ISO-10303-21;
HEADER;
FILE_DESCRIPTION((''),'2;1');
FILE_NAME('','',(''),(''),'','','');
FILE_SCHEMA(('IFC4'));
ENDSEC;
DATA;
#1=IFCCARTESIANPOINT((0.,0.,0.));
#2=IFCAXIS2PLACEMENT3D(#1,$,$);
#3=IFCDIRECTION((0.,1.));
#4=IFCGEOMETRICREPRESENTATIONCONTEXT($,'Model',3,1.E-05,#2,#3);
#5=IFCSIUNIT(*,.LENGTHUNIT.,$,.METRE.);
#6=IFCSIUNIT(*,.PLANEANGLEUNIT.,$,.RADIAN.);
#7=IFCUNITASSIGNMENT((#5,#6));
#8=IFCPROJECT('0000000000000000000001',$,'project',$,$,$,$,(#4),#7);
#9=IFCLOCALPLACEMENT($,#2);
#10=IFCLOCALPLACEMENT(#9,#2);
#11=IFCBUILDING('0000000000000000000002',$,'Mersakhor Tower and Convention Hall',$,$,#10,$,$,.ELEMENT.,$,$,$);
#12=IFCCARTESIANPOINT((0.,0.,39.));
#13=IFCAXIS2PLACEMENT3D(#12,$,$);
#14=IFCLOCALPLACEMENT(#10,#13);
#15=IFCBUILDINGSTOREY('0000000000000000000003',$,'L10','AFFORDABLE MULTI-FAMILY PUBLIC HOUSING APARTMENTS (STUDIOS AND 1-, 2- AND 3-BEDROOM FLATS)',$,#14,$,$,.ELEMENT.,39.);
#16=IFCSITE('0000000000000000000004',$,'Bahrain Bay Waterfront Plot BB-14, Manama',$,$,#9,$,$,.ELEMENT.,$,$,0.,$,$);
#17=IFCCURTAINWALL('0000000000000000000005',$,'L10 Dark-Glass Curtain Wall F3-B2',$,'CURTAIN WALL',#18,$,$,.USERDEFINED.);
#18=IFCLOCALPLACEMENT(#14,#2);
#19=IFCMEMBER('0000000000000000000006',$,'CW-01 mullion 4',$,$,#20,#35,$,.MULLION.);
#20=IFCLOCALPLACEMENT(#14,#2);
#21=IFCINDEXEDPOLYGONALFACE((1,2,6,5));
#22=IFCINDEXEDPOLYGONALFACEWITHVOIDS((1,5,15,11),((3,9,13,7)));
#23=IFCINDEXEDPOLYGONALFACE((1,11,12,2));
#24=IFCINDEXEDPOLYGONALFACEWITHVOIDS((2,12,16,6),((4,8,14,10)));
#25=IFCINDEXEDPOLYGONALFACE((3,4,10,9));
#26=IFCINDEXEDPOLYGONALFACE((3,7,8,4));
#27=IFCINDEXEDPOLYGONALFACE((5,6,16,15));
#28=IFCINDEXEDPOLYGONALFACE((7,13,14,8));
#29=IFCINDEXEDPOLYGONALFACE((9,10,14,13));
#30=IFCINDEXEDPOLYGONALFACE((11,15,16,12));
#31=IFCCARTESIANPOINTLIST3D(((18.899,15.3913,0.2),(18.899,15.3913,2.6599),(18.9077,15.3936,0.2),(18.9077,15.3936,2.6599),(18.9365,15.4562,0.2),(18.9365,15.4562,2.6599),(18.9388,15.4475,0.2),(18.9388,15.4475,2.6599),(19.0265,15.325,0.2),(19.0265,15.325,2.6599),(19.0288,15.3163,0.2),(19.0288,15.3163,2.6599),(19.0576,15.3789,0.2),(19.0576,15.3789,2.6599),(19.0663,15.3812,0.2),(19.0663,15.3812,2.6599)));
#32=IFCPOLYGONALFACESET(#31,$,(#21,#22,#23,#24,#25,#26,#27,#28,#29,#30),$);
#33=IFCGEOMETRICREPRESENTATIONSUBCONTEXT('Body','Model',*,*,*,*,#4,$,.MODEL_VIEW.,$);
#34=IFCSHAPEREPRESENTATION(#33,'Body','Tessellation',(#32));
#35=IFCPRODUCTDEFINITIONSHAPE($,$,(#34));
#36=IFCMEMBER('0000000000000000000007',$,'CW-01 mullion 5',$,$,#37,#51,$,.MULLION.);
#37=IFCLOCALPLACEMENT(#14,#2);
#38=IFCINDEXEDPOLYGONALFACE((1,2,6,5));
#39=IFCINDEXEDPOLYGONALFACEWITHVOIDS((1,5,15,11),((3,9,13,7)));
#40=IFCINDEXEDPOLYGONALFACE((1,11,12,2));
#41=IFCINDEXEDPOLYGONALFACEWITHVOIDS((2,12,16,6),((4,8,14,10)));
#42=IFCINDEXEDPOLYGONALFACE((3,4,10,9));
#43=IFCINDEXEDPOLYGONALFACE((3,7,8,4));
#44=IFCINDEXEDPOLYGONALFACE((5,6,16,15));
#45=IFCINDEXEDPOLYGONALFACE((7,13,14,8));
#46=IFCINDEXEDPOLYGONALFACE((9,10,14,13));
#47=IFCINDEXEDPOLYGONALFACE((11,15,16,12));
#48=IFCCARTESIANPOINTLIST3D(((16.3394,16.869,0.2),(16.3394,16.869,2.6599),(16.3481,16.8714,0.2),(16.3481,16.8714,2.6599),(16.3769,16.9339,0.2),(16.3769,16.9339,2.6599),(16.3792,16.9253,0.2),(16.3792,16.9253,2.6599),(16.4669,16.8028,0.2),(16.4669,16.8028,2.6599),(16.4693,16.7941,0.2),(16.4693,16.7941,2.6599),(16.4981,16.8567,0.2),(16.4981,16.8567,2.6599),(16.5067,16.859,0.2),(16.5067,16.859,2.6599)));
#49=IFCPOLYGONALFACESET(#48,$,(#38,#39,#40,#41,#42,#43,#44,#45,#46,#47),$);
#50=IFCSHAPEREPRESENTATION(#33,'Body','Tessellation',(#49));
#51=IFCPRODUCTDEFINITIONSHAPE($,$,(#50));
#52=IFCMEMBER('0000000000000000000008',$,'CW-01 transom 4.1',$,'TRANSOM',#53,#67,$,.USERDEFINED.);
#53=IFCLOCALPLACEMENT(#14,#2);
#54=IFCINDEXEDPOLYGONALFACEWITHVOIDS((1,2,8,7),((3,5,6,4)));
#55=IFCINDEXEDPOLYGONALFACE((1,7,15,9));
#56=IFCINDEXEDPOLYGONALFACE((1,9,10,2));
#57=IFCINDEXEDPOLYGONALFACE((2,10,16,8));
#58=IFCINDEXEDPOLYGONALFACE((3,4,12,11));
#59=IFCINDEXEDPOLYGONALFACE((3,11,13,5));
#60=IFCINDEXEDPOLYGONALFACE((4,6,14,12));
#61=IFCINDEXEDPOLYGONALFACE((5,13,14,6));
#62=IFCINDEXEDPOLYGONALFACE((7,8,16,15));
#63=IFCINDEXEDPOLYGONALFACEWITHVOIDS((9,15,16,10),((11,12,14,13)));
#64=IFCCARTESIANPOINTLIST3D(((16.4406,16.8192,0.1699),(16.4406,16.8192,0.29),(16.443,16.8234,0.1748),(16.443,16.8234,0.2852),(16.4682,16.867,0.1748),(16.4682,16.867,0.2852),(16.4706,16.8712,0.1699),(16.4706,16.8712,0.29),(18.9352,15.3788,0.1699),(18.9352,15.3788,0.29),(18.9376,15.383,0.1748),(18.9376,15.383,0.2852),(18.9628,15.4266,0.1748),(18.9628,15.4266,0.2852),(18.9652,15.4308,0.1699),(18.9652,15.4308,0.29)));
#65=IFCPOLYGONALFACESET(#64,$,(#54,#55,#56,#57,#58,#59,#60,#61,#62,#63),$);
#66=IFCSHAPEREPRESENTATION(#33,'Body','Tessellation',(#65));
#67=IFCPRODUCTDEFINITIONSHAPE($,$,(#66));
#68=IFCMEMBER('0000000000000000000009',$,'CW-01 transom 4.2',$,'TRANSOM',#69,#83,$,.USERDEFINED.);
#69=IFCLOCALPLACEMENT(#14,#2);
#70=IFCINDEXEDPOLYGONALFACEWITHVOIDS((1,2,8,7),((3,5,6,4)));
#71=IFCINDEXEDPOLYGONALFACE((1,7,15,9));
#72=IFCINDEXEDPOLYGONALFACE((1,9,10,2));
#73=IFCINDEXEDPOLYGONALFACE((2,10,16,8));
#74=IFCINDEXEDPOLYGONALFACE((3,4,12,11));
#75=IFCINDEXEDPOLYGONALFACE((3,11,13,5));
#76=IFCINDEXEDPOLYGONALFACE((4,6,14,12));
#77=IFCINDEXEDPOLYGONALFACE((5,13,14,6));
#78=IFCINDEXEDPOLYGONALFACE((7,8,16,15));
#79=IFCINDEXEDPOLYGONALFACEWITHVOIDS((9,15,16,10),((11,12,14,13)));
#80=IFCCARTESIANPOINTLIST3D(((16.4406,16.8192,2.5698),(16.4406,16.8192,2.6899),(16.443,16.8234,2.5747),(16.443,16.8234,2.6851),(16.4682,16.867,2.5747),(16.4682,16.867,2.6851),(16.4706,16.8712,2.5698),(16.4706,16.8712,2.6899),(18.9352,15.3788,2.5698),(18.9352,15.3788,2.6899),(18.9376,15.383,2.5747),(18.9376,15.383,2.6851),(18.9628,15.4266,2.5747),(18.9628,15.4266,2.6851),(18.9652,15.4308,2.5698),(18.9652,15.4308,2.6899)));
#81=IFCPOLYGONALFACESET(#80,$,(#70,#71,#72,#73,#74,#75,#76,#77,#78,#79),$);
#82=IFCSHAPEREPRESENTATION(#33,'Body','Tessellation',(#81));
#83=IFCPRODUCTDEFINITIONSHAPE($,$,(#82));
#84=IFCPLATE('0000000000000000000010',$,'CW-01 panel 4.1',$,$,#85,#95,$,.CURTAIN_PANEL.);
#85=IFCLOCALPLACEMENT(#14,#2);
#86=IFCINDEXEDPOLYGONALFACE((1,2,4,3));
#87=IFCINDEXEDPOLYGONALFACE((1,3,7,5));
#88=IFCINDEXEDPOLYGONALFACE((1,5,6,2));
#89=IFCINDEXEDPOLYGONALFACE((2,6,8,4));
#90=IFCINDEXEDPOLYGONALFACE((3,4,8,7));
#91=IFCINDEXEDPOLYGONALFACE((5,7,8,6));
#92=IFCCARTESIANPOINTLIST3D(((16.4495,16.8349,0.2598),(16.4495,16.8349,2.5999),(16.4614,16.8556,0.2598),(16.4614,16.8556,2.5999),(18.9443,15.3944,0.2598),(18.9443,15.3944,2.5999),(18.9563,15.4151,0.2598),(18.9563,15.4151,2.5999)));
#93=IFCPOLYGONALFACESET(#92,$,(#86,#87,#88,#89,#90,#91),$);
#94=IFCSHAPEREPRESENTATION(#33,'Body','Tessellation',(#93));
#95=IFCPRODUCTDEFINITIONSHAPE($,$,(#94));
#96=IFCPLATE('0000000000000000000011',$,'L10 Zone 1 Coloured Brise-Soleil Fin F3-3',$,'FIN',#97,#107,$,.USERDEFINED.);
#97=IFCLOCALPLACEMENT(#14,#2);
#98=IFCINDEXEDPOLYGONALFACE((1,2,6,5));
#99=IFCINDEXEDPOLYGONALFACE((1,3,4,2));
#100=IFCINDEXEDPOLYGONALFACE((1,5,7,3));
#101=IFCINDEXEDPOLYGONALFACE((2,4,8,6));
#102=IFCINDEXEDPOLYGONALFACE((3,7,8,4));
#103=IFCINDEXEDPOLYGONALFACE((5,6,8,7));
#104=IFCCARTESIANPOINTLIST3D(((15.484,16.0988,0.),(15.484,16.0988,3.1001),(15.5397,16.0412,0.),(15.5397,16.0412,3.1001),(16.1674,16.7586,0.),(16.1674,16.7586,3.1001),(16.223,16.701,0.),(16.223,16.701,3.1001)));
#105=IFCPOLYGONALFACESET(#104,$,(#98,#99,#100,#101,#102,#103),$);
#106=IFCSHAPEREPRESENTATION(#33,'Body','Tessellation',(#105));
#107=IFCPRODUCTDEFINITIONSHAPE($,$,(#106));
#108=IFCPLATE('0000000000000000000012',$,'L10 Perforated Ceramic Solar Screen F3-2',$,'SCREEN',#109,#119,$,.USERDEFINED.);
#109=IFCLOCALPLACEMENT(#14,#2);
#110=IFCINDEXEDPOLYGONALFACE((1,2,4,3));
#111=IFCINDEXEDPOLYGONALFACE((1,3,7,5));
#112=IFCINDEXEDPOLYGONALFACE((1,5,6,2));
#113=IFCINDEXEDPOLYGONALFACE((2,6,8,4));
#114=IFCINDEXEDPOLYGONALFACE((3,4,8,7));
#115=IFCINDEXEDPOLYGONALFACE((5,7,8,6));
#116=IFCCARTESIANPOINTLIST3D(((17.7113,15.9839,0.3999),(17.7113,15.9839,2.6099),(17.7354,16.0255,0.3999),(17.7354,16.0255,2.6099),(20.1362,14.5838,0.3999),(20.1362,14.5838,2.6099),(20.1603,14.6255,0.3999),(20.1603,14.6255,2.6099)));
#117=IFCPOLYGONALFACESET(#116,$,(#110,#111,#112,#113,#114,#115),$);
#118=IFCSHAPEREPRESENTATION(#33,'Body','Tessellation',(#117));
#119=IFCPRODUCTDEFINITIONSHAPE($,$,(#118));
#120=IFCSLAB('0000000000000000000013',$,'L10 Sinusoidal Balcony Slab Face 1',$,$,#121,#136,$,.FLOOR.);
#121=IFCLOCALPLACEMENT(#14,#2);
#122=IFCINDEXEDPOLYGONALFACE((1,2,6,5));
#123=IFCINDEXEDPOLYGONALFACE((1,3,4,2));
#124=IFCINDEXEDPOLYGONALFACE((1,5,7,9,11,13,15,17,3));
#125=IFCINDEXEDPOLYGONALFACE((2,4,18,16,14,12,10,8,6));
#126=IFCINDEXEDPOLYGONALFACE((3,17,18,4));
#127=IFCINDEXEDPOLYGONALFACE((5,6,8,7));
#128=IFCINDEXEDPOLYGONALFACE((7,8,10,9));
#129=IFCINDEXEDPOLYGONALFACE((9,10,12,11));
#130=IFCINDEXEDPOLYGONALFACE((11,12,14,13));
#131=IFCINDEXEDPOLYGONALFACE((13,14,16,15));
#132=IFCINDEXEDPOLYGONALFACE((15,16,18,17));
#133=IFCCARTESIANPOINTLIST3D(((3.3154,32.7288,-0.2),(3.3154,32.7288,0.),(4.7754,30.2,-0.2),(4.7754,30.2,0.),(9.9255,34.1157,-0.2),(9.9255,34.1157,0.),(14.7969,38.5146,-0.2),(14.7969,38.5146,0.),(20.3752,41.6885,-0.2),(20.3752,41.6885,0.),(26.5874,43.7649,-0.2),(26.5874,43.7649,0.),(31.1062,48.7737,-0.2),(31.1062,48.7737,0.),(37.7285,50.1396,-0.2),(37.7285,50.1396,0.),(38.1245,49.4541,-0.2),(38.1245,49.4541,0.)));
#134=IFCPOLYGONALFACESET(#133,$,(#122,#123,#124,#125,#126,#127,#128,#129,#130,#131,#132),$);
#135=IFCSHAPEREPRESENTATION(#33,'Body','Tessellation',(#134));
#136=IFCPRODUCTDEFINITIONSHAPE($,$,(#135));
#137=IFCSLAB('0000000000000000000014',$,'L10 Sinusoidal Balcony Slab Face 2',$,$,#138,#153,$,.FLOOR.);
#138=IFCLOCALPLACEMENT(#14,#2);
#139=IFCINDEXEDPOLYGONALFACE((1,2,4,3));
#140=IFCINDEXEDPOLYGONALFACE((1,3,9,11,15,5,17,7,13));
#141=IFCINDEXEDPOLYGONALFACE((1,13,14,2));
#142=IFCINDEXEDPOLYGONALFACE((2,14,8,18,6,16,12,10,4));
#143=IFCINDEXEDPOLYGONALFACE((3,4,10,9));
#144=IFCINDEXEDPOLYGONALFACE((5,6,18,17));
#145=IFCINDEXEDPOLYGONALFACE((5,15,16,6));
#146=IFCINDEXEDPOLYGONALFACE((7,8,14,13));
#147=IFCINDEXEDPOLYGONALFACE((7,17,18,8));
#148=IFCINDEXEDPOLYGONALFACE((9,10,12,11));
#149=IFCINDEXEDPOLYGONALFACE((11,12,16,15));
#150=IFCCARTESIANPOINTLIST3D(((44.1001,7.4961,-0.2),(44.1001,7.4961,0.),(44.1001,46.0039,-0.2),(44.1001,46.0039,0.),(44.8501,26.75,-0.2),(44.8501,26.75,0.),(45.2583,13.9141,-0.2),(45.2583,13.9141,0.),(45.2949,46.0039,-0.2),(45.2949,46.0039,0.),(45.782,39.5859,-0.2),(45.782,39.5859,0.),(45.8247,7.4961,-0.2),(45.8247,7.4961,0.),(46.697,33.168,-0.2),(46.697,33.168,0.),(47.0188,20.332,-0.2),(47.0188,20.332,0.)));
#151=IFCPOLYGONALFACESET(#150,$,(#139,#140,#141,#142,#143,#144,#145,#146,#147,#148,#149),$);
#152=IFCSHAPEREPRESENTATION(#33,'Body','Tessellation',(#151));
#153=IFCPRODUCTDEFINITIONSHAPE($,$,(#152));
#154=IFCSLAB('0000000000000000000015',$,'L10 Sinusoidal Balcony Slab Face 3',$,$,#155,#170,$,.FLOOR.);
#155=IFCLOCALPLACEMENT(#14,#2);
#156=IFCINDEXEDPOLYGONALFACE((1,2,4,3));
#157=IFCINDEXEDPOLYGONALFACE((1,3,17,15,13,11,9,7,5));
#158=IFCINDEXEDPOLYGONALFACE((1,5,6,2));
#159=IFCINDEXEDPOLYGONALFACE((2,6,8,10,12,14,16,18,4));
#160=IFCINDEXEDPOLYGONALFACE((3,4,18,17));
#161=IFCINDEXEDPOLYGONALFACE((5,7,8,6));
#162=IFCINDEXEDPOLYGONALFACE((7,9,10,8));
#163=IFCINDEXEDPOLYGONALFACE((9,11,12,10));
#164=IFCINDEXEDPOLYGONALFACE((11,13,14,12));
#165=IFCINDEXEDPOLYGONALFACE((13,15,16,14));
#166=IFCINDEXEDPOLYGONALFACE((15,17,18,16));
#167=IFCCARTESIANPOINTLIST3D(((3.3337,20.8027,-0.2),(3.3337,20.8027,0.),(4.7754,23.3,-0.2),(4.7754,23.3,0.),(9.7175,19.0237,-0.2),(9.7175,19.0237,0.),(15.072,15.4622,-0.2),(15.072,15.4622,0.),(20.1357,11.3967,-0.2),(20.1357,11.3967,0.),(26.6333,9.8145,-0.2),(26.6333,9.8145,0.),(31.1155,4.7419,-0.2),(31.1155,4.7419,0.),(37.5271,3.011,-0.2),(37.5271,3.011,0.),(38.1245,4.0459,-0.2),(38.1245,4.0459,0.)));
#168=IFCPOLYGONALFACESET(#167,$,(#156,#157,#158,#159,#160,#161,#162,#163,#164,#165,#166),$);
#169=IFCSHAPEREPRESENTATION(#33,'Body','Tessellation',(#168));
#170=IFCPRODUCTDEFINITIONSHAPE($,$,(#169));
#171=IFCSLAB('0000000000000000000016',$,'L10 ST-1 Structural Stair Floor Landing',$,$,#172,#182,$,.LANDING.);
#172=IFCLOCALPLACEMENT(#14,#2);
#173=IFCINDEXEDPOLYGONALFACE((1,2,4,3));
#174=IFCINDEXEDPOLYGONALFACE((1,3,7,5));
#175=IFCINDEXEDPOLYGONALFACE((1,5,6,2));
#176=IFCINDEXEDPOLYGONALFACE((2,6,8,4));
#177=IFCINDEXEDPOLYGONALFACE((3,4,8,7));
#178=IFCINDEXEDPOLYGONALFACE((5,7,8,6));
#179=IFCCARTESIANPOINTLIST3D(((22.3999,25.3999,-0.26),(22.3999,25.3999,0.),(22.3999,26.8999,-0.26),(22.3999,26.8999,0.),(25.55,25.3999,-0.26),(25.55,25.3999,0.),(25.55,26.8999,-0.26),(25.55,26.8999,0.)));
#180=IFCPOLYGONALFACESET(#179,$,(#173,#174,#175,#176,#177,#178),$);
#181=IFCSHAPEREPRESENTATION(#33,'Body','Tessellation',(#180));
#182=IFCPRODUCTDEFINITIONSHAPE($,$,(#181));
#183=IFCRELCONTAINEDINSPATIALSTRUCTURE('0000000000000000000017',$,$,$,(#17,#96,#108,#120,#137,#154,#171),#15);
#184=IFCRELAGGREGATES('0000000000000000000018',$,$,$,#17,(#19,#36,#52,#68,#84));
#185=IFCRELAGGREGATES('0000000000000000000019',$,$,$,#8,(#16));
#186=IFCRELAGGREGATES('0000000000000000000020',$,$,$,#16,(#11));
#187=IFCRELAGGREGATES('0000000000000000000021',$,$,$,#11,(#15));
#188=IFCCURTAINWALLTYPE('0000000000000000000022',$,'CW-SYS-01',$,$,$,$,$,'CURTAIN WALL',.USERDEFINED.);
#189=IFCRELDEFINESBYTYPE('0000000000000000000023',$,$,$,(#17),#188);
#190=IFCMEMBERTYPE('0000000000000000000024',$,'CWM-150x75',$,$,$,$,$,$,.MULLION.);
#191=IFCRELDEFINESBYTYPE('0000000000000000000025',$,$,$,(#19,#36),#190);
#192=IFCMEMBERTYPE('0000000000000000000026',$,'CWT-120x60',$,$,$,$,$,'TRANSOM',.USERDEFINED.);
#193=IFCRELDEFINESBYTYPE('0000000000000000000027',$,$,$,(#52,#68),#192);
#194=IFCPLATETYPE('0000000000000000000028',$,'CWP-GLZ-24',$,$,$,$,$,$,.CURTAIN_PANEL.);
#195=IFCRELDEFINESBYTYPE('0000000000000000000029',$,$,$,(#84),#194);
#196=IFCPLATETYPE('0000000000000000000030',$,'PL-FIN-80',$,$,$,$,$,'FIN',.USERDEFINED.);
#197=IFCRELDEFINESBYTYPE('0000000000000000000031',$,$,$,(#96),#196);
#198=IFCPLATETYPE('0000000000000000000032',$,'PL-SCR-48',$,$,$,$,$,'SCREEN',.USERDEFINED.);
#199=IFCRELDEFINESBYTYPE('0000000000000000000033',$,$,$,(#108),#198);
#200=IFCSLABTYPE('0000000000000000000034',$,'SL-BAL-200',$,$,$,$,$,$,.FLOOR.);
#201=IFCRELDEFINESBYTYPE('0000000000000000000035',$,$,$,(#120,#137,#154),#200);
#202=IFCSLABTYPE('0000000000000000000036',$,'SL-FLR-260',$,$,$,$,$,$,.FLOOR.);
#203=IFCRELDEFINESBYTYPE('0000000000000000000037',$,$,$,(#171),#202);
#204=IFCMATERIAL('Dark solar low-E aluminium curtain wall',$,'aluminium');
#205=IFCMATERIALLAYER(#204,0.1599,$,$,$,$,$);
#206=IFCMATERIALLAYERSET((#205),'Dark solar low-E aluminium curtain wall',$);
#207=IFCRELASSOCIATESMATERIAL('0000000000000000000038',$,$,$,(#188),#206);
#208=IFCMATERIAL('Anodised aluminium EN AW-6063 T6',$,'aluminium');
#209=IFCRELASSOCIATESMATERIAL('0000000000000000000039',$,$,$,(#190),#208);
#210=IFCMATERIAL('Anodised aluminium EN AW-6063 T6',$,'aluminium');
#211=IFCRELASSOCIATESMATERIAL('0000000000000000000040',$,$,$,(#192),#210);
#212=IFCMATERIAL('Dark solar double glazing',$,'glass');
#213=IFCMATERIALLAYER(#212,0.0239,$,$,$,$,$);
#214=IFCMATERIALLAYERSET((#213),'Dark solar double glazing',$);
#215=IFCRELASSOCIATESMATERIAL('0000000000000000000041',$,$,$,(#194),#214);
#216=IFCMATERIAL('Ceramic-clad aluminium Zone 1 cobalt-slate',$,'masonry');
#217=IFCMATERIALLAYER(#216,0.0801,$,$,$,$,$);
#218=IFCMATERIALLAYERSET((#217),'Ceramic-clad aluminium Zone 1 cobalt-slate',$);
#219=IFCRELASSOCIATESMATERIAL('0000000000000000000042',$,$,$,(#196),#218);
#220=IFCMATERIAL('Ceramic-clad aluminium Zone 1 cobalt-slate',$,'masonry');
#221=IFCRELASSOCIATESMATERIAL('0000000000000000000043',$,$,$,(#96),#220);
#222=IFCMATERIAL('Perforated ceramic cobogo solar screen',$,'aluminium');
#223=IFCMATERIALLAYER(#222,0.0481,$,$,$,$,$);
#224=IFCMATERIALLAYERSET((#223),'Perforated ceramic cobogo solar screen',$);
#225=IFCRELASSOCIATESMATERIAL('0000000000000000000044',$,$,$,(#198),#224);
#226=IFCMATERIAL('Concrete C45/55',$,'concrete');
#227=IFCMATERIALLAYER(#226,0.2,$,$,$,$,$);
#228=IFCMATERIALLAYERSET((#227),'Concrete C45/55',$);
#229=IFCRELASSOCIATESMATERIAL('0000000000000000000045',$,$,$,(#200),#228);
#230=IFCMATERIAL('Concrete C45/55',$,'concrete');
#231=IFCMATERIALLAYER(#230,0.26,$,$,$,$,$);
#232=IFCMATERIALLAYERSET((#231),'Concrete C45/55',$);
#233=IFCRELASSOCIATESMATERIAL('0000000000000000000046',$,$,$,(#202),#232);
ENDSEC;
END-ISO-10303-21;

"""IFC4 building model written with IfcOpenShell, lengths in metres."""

from ifc_helpers import new_model, si_unit, direction, frame, origin, origin_2d, place, context, subcontext, project, spatial, polyline, rectangle, hollow_rectangle, outline, extrude, material, layer, layer_set, material_profile, profile_set, type_object, element, aggregate, save


model = new_model("IFC4")

# Units and contexts
model_context = context("Model", 3, precision=1e-05, world=origin(), true_north=direction((0.0, 1.0)))
body_context = subcontext(model_context, "Body", "Model", "MODEL_VIEW")
ifc_project = project(units=[si_unit("LENGTHUNIT", "METRE"), si_unit("PLANEANGLEUNIT", "RADIAN")], contexts=[model_context])

# Site, building, storey
site_placement = place(None, origin())
site = spatial("IfcSite", under=ifc_project, at=site_placement, Name="Bahrain Bay Waterfront Plot BB-14, Manama", CompositionType="ELEMENT", RefElevation=0.0)
building_placement = place(site_placement, origin())
building = spatial("IfcBuilding", under=site, at=building_placement, Name="Mersakhor Tower and Convention Hall", CompositionType="ELEMENT")
storey_placement = place(building_placement, frame((0.0, 0.0, 39.0)))
storey = spatial("IfcBuildingStorey", under=building, at=storey_placement, Name="L10", Description="AFFORDABLE MULTI-FAMILY PUBLIC HOUSING APARTMENTS (STUDIOS AND 1-, 2- AND 3-BEDROOM FLATS)", CompositionType="ELEMENT", Elevation=39.0)

# Curtain wall, members, plate
ifc_material_1 = material(Name="Dark solar low-E aluminium curtain wall", Category="aluminium")
ifc_layer_1 = layer(ifc_material_1, 0.1599)
ifc_layer_set_1 = layer_set([ifc_layer_1], Name="Dark solar low-E aluminium curtain wall")
curtain_wall_type = type_object("IfcCurtainWallType", Name="CW-SYS-01", ElementType="CURTAIN WALL", PredefinedType="USERDEFINED", material=ifc_layer_set_1)
curtain_wall_placement = place(storey_placement, origin())
curtain_wall = element("IfcCurtainWall", 1, at=curtain_wall_placement, inside=storey, type_object=curtain_wall_type, Name="L10 Dark-Glass Curtain Wall F3-B2", ObjectType="CURTAIN WALL", PredefinedType="USERDEFINED")
ifc_material_2 = material(Name="Anodised aluminium EN AW-6063 T6", Category="aluminium")
ifc_material_profile_1 = material_profile(ifc_material_2, hollow_rectangle(XDim=0.075, YDim=0.1499, WallThickness=0.0063, at=origin_2d()), Name="RHS 150x75x6.3")
ifc_profile_set_1 = profile_set([ifc_material_profile_1], Name="Anodised aluminium EN AW-6063 T6")
member_type_1 = type_object("IfcMemberType", Name="CWM-150x75", PredefinedType="MULLION", material=ifc_profile_set_1)
member_1_placement = place(storey_placement, frame((18.9827, 15.3862, 0.2), z_axis=(0.0, 0.0, 1.0), x_axis=(-0.500003, -0.866023, 0.0)))
member_1 = element("IfcMember", 2, at=member_1_placement, type_object=member_type_1, Name="CW-01 mullion 4", PredefinedType="MULLION", context=body_context, shape_type="SweptSolid", body=[
    extrude(hollow_rectangle(XDim=0.075, YDim=0.1499, WallThickness=0.0063, at=origin_2d()), origin(), (0.0, 0.0, 1.0), 2.46),
])
member_2_placement = place(storey_placement, frame((16.4231, 16.864, 0.2), z_axis=(0.0, 0.0, 1.0), x_axis=(-0.500003, -0.866023, 0.0)))
member_2 = element("IfcMember", 3, at=member_2_placement, type_object=member_type_1, Name="CW-01 mullion 5", PredefinedType="MULLION", context=body_context, shape_type="SweptSolid", body=[
    extrude(hollow_rectangle(XDim=0.075, YDim=0.1499, WallThickness=0.0063, at=origin_2d()), origin(), (0.0, 0.0, 1.0), 2.46),
])
ifc_material_3 = material(Name="Anodised aluminium EN AW-6063 T6", Category="aluminium")
ifc_material_profile_2 = material_profile(ifc_material_3, hollow_rectangle(XDim=0.0601, YDim=0.1201, WallThickness=0.0049, at=origin_2d()), Name="RHS 120x60x5")
ifc_profile_set_2 = profile_set([ifc_material_profile_2], Name="Anodised aluminium EN AW-6063 T6")
member_type_2 = type_object("IfcMemberType", Name="CWT-120x60", ElementType="TRANSOM", PredefinedType="USERDEFINED", material=ifc_profile_set_2)
member_3_placement = place(storey_placement, frame((18.9502, 15.4048, 0.23), z_axis=(-0.866002, 0.50004, 0.0), x_axis=(-0.50004, -0.866002, 0.0)))
member_3 = element("IfcMember", 4, at=member_3_placement, type_object=member_type_2, Name="CW-01 transom 4.1", ObjectType="TRANSOM", PredefinedType="USERDEFINED", context=body_context, shape_type="SweptSolid", body=[
    extrude(hollow_rectangle(XDim=0.0601, YDim=0.1201, WallThickness=0.0049, at=origin_2d()), origin(), (0.0, 0.0, 1.0), 2.8806),
])
member_4_placement = place(storey_placement, frame((18.9502, 15.4048, 2.6299), z_axis=(-0.866002, 0.50004, 0.0), x_axis=(-0.50004, -0.866002, 0.0)))
member_4 = element("IfcMember", 5, at=member_4_placement, type_object=member_type_2, Name="CW-01 transom 4.2", ObjectType="TRANSOM", PredefinedType="USERDEFINED", context=body_context, shape_type="SweptSolid", body=[
    extrude(hollow_rectangle(XDim=0.0601, YDim=0.1201, WallThickness=0.0049, at=origin_2d()), origin(), (0.0, 0.0, 1.0), 2.8806),
])
ifc_material_4 = material(Name="Dark solar double glazing", Category="glass")
ifc_layer_2 = layer(ifc_material_4, 0.0239)
ifc_layer_set_2 = layer_set([ifc_layer_2], Name="Dark solar double glazing")
plate_type_1 = type_object("IfcPlateType", Name="CWP-GLZ-24", PredefinedType="CURTAIN_PANEL", material=ifc_layer_set_2)
plate_1_placement = place(storey_placement, frame((17.7029, 16.125, 0.2598), z_axis=(0.0, 0.0, 1.0), x_axis=(-0.866023, 0.500003, 0.0)))
plate_1 = element("IfcPlate", 6, at=plate_1_placement, type_object=plate_type_1, Name="CW-01 panel 4.1", PredefinedType="CURTAIN_PANEL", context=body_context, shape_type="SweptSolid", body=[
    extrude(rectangle(XDim=2.8809, YDim=0.0239, at=origin_2d()), origin(), (0.0, 0.0, 1.0), 2.3401),
])
aggregate(curtain_wall, [member_1, member_2, member_3, member_4, plate_1])

# Plates
ifc_material_5 = material(Name="Ceramic-clad aluminium Zone 1 cobalt-slate", Category="masonry")
ifc_material_6 = material(Name="Ceramic-clad aluminium Zone 1 cobalt-slate", Category="masonry")
ifc_layer_3 = layer(ifc_material_6, 0.0801)
ifc_layer_set_3 = layer_set([ifc_layer_3], Name="Ceramic-clad aluminium Zone 1 cobalt-slate")
plate_type_2 = type_object("IfcPlateType", Name="PL-FIN-80", ElementType="FIN", PredefinedType="USERDEFINED", material=ifc_layer_set_3)
plate_2_placement = place(storey_placement, frame((15.8535, 16.3999, 0.0), z_axis=(0.0, 0.0, 1.0), x_axis=(-0.71934, -0.694658, 0.0)))
element("IfcPlate", 7, at=plate_2_placement, inside=storey, type_object=plate_type_2, material=ifc_material_5, Name="L10 Zone 1 Coloured Brise-Soleil Fin F3-3", ObjectType="FIN", PredefinedType="USERDEFINED", context=body_context, shape_type="SweptSolid", body=[
    extrude(rectangle(XDim=0.95, YDim=0.0801, at=origin_2d()), origin(), (0.0, 0.0, 1.0), 3.1001),
])
ifc_material_7 = material(Name="Perforated ceramic cobogo solar screen", Category="aluminium")
ifc_layer_4 = layer(ifc_material_7, 0.0481)
ifc_layer_set_4 = layer_set([ifc_layer_4], Name="Perforated ceramic cobogo solar screen")
plate_type_3 = type_object("IfcPlateType", Name="PL-SCR-48", ElementType="SCREEN", PredefinedType="USERDEFINED", material=ifc_layer_set_4)
plate_3_placement = place(storey_placement, frame((18.9358, 15.3047, 0.3999), z_axis=(0.0, 0.0, 1.0), x_axis=(-0.866025, 0.5, 0.0)))
element("IfcPlate", 8, at=plate_3_placement, inside=storey, type_object=plate_type_3, Name="L10 Perforated Ceramic Solar Screen F3-2", ObjectType="SCREEN", PredefinedType="USERDEFINED", context=body_context, shape_type="SweptSolid", body=[
    extrude(rectangle(XDim=2.8, YDim=0.0481, at=origin_2d()), origin(), (0.0, 0.0, 1.0), 2.21),
])

# Slabs
ifc_material_8 = material(Name="Concrete C45/55", Category="concrete")
ifc_layer_5 = layer(ifc_material_8, 0.2)
ifc_layer_set_5 = layer_set([ifc_layer_5], Name="Concrete C45/55")
slab_type_1 = type_object("IfcSlabType", Name="SL-BAL-200", PredefinedType="FLOOR", material=ifc_layer_set_5)
slab_1_placement = place(storey_placement, frame((0.0, 0.0, -0.2)))
element("IfcSlab", 9, at=slab_1_placement, inside=storey, type_object=slab_type_1, Name="L10 Sinusoidal Balcony Slab Face 1", PredefinedType="FLOOR", context=body_context, shape_type="SweptSolid", body=[
    extrude(outline(polyline([(4.7754, 30.2), (38.1245, 49.4541), (37.7285, 50.1396), (31.1062, 48.7737), (26.5874, 43.7649), (20.3752, 41.6885), (14.7969, 38.5146), (9.9255, 34.1157), (3.3154, 32.7288), (4.7754, 30.2)])), origin(), (0.0, 0.0, 1.0), 0.2),
])
slab_2_placement = place(storey_placement, frame((0.0, 0.0, -0.2)))
element("IfcSlab", 10, at=slab_2_placement, inside=storey, type_object=slab_type_1, Name="L10 Sinusoidal Balcony Slab Face 2", PredefinedType="FLOOR", context=body_context, shape_type="SweptSolid", body=[
    extrude(outline(polyline([(44.1001, 46.0039), (44.1001, 7.4961), (45.8247, 7.4961), (45.2583, 13.9141), (47.0188, 20.332), (44.8501, 26.75), (46.697, 33.168), (45.782, 39.5859), (45.2949, 46.0039), (44.1001, 46.0039)])), origin(), (0.0, 0.0, 1.0), 0.2),
])
slab_3_placement = place(storey_placement, frame((0.0, 0.0, -0.2)))
element("IfcSlab", 11, at=slab_3_placement, inside=storey, type_object=slab_type_1, Name="L10 Sinusoidal Balcony Slab Face 3", PredefinedType="FLOOR", context=body_context, shape_type="SweptSolid", body=[
    extrude(outline(polyline([(38.1245, 4.0459), (4.7754, 23.3), (3.3337, 20.8027), (9.7175, 19.0237), (15.072, 15.4622), (20.1357, 11.3967), (26.6333, 9.8145), (31.1155, 4.7419), (37.5271, 3.011), (38.1245, 4.0459)])), origin(), (0.0, 0.0, 1.0), 0.2),
])
ifc_material_9 = material(Name="Concrete C45/55", Category="concrete")
ifc_layer_6 = layer(ifc_material_9, 0.26)
ifc_layer_set_6 = layer_set([ifc_layer_6], Name="Concrete C45/55")
slab_type_2 = type_object("IfcSlabType", Name="SL-FLR-260", PredefinedType="FLOOR", material=ifc_layer_set_6)
slab_4_placement = place(storey_placement, frame((0.0, 0.0, -0.26)))
element("IfcSlab", 12, at=slab_4_placement, inside=storey, type_object=slab_type_2, Name="L10 ST-1 Structural Stair Floor Landing", PredefinedType="LANDING", context=body_context, shape_type="SweptSolid", body=[
    extrude(outline(polyline([(25.55, 25.3999), (25.55, 26.8999), (22.3999, 26.8999), (22.3999, 25.3999), (25.55, 25.3999)])), origin(), (0.0, 0.0, 1.0), 0.26),
])

save(model, "model.ifc")
